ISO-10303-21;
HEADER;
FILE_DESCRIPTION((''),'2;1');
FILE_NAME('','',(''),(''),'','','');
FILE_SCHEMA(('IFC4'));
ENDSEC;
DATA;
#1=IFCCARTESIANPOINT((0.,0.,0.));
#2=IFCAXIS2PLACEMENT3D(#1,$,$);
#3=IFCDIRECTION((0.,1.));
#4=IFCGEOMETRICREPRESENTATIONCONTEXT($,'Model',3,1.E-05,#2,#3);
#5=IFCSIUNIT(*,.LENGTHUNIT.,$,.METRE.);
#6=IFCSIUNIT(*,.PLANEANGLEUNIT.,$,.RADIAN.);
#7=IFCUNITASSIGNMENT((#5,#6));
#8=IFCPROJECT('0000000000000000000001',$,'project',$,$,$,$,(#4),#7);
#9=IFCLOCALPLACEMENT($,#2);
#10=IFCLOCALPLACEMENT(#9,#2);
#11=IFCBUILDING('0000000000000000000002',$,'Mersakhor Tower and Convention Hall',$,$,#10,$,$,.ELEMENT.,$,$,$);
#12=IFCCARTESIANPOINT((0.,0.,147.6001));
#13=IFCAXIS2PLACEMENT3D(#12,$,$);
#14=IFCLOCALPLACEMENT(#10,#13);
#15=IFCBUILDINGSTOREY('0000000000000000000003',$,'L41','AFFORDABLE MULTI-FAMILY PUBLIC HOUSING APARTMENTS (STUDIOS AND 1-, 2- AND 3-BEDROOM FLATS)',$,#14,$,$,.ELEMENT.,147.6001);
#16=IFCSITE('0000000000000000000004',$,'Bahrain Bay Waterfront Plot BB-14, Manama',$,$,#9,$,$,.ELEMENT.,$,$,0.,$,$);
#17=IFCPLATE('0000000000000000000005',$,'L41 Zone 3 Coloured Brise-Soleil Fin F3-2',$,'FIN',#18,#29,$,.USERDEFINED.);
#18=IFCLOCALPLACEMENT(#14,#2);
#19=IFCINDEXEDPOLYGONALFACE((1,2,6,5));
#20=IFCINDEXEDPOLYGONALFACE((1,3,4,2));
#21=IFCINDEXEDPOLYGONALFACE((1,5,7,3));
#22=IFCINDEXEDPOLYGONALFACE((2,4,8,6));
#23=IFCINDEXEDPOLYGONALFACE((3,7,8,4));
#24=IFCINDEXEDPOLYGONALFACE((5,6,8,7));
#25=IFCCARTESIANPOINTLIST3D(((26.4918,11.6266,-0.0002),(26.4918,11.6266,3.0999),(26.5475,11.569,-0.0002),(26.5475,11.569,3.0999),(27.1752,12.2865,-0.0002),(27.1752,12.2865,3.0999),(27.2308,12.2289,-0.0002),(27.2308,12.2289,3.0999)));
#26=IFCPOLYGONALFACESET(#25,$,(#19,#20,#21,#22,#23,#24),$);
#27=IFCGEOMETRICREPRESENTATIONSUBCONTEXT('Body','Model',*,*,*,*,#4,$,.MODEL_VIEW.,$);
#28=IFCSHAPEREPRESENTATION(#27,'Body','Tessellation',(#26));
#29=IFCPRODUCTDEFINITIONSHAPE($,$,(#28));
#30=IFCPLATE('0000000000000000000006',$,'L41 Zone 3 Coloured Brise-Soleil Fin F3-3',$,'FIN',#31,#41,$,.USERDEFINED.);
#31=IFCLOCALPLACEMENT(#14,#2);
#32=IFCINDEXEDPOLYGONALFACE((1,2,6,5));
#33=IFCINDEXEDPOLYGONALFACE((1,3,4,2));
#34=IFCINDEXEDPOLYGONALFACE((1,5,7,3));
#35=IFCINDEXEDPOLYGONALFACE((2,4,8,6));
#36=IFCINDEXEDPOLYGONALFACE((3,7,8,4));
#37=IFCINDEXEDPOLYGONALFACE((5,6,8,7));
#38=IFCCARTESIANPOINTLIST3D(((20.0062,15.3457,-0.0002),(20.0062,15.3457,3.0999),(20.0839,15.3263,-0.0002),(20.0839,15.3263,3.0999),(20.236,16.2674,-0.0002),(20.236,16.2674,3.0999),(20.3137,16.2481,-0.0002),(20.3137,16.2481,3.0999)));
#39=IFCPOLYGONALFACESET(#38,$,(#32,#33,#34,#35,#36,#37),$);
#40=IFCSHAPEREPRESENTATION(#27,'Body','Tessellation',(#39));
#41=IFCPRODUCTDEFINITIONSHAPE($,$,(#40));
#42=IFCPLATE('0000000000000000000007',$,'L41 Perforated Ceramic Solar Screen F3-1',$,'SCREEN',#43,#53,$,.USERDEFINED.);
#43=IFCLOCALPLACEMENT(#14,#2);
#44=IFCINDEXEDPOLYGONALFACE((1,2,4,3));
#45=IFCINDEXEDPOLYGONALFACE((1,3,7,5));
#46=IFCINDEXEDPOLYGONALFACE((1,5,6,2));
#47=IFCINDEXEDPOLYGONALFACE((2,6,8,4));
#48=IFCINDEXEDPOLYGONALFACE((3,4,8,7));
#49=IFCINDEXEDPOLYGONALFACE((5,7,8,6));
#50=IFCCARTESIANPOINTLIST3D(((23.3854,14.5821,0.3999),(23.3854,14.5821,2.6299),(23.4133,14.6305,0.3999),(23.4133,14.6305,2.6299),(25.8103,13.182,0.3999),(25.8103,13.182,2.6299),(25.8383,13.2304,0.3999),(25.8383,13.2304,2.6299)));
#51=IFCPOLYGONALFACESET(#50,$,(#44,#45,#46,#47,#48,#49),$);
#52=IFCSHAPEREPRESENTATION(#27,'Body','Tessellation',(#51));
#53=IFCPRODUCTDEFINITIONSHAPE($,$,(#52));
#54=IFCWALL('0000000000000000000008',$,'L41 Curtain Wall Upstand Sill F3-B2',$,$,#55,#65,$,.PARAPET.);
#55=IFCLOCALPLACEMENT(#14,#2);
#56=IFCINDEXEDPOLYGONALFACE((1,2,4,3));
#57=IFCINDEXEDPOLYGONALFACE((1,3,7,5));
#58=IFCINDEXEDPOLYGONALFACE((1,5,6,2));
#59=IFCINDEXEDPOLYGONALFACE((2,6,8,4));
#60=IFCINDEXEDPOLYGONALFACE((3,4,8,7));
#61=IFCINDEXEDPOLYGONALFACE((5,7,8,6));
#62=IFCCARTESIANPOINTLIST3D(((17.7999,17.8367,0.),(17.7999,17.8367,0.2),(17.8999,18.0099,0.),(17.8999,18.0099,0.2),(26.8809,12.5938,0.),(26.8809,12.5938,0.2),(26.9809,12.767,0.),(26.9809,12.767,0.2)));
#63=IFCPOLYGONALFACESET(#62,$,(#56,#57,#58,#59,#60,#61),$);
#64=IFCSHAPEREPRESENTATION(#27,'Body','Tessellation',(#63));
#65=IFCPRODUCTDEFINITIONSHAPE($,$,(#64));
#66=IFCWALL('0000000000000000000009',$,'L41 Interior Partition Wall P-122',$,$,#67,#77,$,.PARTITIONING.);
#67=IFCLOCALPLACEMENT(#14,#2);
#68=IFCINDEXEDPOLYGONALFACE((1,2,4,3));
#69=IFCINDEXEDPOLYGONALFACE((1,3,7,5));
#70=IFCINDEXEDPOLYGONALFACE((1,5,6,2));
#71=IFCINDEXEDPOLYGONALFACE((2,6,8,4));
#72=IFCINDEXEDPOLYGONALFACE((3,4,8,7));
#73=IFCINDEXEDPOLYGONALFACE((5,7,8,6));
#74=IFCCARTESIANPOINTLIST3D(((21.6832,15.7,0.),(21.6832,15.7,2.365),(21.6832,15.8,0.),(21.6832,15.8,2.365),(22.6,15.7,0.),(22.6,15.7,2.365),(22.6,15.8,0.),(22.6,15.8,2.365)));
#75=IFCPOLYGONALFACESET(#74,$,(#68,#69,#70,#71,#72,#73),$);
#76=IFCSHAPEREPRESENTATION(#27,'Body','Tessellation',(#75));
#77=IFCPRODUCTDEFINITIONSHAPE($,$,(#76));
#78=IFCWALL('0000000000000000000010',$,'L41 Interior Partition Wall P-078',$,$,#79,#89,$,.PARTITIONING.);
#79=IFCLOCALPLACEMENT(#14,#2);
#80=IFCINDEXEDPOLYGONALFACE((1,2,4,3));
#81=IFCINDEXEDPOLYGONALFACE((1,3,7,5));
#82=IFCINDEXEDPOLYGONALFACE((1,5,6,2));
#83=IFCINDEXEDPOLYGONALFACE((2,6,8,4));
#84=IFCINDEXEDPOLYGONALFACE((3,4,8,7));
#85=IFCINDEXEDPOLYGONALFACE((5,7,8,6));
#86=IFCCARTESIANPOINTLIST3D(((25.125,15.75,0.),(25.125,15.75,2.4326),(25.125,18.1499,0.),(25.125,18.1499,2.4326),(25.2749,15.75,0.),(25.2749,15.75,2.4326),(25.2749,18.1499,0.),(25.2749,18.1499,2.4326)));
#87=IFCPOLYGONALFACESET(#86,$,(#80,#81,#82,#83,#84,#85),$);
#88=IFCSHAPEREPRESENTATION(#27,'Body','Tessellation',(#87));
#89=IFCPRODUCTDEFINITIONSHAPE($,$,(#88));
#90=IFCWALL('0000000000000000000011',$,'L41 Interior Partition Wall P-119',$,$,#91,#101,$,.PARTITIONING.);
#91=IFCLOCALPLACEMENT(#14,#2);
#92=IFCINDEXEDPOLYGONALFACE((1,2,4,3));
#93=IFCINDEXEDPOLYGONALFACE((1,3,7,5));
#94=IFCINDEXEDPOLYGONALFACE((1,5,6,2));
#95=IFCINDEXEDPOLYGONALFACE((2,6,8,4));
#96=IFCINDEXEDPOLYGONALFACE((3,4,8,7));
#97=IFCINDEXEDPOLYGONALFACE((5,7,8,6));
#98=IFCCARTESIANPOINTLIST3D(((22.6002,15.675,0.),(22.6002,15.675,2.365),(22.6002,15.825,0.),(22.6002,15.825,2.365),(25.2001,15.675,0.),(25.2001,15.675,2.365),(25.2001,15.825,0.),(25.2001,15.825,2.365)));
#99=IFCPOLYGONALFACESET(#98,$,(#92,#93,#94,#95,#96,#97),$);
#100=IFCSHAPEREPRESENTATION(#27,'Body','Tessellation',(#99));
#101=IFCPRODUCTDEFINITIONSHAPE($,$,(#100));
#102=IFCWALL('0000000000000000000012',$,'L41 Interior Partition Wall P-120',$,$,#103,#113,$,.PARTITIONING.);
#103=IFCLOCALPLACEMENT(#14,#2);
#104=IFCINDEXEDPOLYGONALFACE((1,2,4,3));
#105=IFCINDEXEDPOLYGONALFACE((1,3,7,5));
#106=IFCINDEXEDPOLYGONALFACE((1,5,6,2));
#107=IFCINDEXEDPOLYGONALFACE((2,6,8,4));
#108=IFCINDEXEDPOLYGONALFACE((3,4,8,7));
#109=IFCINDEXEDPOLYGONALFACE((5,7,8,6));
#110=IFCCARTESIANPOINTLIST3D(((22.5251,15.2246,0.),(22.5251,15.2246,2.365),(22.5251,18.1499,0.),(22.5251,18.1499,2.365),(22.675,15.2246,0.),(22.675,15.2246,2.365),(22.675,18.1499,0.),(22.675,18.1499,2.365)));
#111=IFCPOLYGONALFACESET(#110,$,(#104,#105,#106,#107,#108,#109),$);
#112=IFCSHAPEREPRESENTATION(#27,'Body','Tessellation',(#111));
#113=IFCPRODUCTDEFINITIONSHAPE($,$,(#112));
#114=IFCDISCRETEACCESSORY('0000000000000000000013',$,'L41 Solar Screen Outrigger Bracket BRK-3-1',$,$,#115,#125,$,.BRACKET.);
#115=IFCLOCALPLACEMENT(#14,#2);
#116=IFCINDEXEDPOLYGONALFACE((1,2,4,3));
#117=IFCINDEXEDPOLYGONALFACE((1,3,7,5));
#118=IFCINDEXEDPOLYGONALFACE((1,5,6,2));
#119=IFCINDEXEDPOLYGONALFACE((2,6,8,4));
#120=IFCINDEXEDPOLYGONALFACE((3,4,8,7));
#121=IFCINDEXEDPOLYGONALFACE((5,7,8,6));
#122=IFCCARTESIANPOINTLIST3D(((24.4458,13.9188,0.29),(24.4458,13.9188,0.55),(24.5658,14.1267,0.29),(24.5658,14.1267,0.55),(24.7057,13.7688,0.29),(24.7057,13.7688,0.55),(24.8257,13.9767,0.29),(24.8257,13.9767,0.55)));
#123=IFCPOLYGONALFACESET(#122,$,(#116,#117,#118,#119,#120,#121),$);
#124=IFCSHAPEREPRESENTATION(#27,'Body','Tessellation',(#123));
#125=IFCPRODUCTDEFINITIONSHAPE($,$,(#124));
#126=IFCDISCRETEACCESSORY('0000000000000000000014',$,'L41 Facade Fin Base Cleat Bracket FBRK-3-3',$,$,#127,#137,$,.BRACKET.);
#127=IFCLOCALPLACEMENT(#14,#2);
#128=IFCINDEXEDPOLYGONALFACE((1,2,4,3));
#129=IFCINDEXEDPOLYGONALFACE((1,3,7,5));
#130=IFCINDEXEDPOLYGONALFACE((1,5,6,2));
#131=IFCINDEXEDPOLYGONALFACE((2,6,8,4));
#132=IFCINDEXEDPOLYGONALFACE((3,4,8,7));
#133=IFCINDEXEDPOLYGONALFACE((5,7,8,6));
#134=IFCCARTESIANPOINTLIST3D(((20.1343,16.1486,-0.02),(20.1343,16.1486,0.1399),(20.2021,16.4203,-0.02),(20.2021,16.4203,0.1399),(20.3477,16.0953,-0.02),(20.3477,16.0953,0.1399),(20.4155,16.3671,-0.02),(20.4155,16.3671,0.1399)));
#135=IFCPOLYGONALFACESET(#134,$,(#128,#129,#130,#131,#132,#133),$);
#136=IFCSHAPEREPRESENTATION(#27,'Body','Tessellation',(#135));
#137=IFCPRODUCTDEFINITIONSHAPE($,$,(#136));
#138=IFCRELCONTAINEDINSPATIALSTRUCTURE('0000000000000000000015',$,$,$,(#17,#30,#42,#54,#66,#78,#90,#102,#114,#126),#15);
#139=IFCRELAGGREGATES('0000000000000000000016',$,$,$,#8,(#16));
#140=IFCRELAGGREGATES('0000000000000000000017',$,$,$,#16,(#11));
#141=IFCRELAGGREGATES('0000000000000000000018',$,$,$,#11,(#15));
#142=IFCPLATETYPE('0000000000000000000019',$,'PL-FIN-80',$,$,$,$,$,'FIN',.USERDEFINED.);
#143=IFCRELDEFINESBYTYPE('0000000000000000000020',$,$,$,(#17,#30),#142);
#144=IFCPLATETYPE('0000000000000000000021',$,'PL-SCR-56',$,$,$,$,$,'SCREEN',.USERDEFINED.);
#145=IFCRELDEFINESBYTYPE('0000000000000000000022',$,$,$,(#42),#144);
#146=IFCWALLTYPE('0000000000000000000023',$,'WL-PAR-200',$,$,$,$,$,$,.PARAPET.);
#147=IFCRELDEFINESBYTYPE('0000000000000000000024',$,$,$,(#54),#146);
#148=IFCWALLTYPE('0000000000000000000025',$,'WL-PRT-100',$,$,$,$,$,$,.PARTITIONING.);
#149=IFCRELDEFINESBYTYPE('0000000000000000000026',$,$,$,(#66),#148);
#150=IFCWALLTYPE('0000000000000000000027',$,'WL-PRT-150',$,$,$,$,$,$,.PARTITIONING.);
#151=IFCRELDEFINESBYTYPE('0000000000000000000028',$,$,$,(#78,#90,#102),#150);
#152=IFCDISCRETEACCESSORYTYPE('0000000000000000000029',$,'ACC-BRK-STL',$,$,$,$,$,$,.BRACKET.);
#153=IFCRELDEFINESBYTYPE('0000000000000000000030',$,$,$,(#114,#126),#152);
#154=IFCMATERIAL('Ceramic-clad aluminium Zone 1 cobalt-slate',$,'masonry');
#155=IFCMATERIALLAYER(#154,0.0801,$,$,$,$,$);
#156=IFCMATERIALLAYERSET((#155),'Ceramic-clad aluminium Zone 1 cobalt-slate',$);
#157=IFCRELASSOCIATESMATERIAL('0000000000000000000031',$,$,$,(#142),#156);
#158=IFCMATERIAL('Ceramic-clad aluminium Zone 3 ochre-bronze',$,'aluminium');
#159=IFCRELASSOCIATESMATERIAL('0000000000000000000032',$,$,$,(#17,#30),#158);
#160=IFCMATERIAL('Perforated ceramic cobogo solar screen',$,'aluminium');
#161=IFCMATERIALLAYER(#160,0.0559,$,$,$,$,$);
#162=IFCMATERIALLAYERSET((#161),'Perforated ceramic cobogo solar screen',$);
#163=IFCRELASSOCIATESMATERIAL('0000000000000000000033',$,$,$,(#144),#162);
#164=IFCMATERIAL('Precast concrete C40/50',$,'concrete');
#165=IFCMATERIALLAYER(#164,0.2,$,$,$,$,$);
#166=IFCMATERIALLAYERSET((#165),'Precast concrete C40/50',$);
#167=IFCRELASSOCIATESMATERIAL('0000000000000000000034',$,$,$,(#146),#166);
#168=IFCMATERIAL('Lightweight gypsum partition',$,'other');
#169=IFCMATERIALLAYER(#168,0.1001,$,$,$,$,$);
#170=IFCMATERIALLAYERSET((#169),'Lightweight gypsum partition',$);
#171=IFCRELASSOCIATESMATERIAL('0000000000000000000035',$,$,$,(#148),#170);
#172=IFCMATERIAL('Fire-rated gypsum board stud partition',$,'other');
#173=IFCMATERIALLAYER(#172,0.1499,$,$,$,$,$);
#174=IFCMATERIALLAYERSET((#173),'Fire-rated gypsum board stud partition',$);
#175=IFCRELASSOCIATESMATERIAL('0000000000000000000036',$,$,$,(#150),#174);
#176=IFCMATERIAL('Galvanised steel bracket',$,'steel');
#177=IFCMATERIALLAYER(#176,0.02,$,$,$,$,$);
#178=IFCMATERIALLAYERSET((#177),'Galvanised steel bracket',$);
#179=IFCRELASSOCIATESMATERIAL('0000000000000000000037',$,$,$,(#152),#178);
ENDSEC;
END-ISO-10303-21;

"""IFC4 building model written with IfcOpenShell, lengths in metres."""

from ifc_helpers import new_model, si_unit, direction, frame, frame_2d, origin, origin_2d, place, context, subcontext, project, spatial, rectangle, extrude, material, layer, layer_set, type_object, element, save


model = new_model("IFC4")

# Units and contexts
model_context = context("Model", 3, precision=1e-05, world=origin(), true_north=direction((0.0, 1.0)))
body_context = subcontext(model_context, "Body", "Model", "MODEL_VIEW")
ifc_project = project(units=[si_unit("LENGTHUNIT", "METRE"), si_unit("PLANEANGLEUNIT", "RADIAN")], contexts=[model_context])

# Site, building, storey
site_placement = place(None, origin())
site = spatial("IfcSite", under=ifc_project, at=site_placement, Name="Bahrain Bay Waterfront Plot BB-14, Manama", CompositionType="ELEMENT", RefElevation=0.0)
building_placement = place(site_placement, origin())
building = spatial("IfcBuilding", under=site, at=building_placement, Name="Mersakhor Tower and Convention Hall", CompositionType="ELEMENT")
storey_placement = place(building_placement, frame((0.0, 0.0, 147.6001)))
storey = spatial("IfcBuildingStorey", under=building, at=storey_placement, Name="L41", Description="AFFORDABLE MULTI-FAMILY PUBLIC HOUSING APARTMENTS (STUDIOS AND 1-, 2- AND 3-BEDROOM FLATS)", CompositionType="ELEMENT", Elevation=147.6001)

# Plates
ifc_material_1 = material(Name="Ceramic-clad aluminium Zone 3 ochre-bronze", Category="aluminium")
ifc_material_2 = material(Name="Ceramic-clad aluminium Zone 1 cobalt-slate", Category="masonry")
ifc_layer_1 = layer(ifc_material_2, 0.0801)
ifc_layer_set_1 = layer_set([ifc_layer_1], Name="Ceramic-clad aluminium Zone 1 cobalt-slate")
plate_type_1 = type_object("IfcPlateType", Name="PL-FIN-80", ElementType="FIN", PredefinedType="USERDEFINED", material=ifc_layer_set_1)
for number, where, z_axis, x_axis, name in (
    (1, (26.8613, 11.9277, -0.0002), (0.0, 0.0, 1.0), (-0.71934, -0.694658, 0.0), "L41 Zone 3 Coloured Brise-Soleil Fin F3-2"),
    (2, (20.1599, 15.7969, -0.0002), (0.0, 0.0, 1.0), (-0.241922, -0.970296, 0.0), "L41 Zone 3 Coloured Brise-Soleil Fin F3-3"),
):
    element("IfcPlate", number, at=place(storey_placement, frame(where, z_axis=z_axis, x_axis=x_axis)), inside=storey, type_object=plate_type_1, material=ifc_material_1, Name=name, ObjectType="FIN", PredefinedType="USERDEFINED", context=body_context, shape_type="SweptSolid", body=[
        extrude(rectangle(XDim=0.95, YDim=0.0801, at=origin_2d()), origin(), (0.0, 0.0, 1.0), 3.1001),
    ])
ifc_material_3 = material(Name="Perforated ceramic cobogo solar screen", Category="aluminium")
ifc_layer_2 = layer(ifc_material_3, 0.0559)
ifc_layer_set_2 = layer_set([ifc_layer_2], Name="Perforated ceramic cobogo solar screen")
plate_type_2 = type_object("IfcPlateType", Name="PL-SCR-56", ElementType="SCREEN", PredefinedType="USERDEFINED", material=ifc_layer_set_2)
plate_1_placement = place(storey_placement, frame((24.6118, 13.9062, 0.3999), z_axis=(0.0, 0.0, 1.0), x_axis=(-0.866025, 0.5, 0.0)))
element("IfcPlate", 3, at=plate_1_placement, inside=storey, type_object=plate_type_2, Name="L41 Perforated Ceramic Solar Screen F3-1", ObjectType="SCREEN", PredefinedType="USERDEFINED", context=body_context, shape_type="SweptSolid", body=[
    extrude(rectangle(XDim=2.8, YDim=0.0559, at=origin_2d()), origin(), (0.0, 0.0, 1.0), 2.23),
])

# Walls
ifc_material_4 = material(Name="Precast concrete C40/50", Category="concrete")
ifc_layer_3 = layer(ifc_material_4, 0.2)
ifc_layer_set_3 = layer_set([ifc_layer_3], Name="Precast concrete C40/50")
wall_type_1 = type_object("IfcWallType", Name="WL-PAR-200", PredefinedType="PARAPET", material=ifc_layer_set_3)
wall_1_placement = place(storey_placement, frame((26.9309, 12.6804, 0.0), z_axis=(0.0, 0.0, 1.0), x_axis=(-0.866027, 0.499998, 0.0)))
element("IfcWall", 4, at=wall_1_placement, inside=storey, type_object=wall_type_1, Name="L41 Curtain Wall Upstand Sill F3-B2", PredefinedType="PARAPET", context=body_context, shape_type="SweptSolid", body=[
    extrude(rectangle(XDim=10.4858, YDim=0.2, at=frame_2d((5.2429, 0.0))), origin(), (0.0, 0.0, 1.0), 0.2),
])
ifc_material_5 = material(Name="Lightweight gypsum partition", Category="other")
ifc_layer_4 = layer(ifc_material_5, 0.1001)
ifc_layer_set_4 = layer_set([ifc_layer_4], Name="Lightweight gypsum partition")
wall_type_2 = type_object("IfcWallType", Name="WL-PRT-100", PredefinedType="PARTITIONING", material=ifc_layer_set_4)
wall_2_placement = place(storey_placement, frame((22.6001, 15.75, 0.0), z_axis=(0.0, 0.0, 1.0), x_axis=(-1.0, 0.0, 0.0)))
element("IfcWall", 5, at=wall_2_placement, inside=storey, type_object=wall_type_2, Name="L41 Interior Partition Wall P-122", PredefinedType="PARTITIONING", context=body_context, shape_type="SweptSolid", body=[
    extrude(rectangle(XDim=0.9167, YDim=0.1001, at=frame_2d((0.4585, 0.0))), origin(), (0.0, 0.0, 1.0), 2.365),
])
ifc_material_6 = material(Name="Fire-rated gypsum board stud partition", Category="other")
ifc_layer_5 = layer(ifc_material_6, 0.1499)
ifc_layer_set_5 = layer_set([ifc_layer_5], Name="Fire-rated gypsum board stud partition")
wall_type_3 = type_object("IfcWallType", Name="WL-PRT-150", PredefinedType="PARTITIONING", material=ifc_layer_set_5)
wall_3_placement = place(storey_placement, frame((25.2, 15.75, 0.0), z_axis=(0.0, 0.0, 1.0), x_axis=(0.0, 1.0, 0.0)))
element("IfcWall", 6, at=wall_3_placement, inside=storey, type_object=wall_type_3, Name="L41 Interior Partition Wall P-078", PredefinedType="PARTITIONING", context=body_context, shape_type="SweptSolid", body=[
    extrude(rectangle(XDim=2.3999, YDim=0.1499, at=frame_2d((1.2, 0.0))), origin(), (0.0, 0.0, 1.0), 2.4326),
])
wall_4_placement = place(storey_placement, frame((25.2, 15.75, 0.0), z_axis=(0.0, 0.0, 1.0), x_axis=(-1.0, 0.0, 0.0)))
element("IfcWall", 7, at=wall_4_placement, inside=storey, type_object=wall_type_3, Name="L41 Interior Partition Wall P-119", PredefinedType="PARTITIONING", context=body_context, shape_type="SweptSolid", body=[
    extrude(rectangle(XDim=2.5999, YDim=0.1499, at=frame_2d((1.2998, 0.0))), origin(), (0.0, 0.0, 1.0), 2.365),
])
wall_5_placement = place(storey_placement, frame((22.6001, 15.2246, 0.0), z_axis=(0.0, 0.0, 1.0), x_axis=(0.0, 1.0, 0.0)))
element("IfcWall", 8, at=wall_5_placement, inside=storey, type_object=wall_type_3, Name="L41 Interior Partition Wall P-120", PredefinedType="PARTITIONING", context=body_context, shape_type="SweptSolid", body=[
    extrude(rectangle(XDim=2.9253, YDim=0.1499, at=frame_2d((1.4626, 0.0))), origin(), (0.0, 0.0, 1.0), 2.365),
])

# Discrete accessories
ifc_material_7 = material(Name="Galvanised steel bracket", Category="steel")
ifc_layer_6 = layer(ifc_material_7, 0.02)
ifc_layer_set_6 = layer_set([ifc_layer_6], Name="Galvanised steel bracket")
discrete_accessory_type = type_object("IfcDiscreteAccessoryType", Name="ACC-BRK-STL", PredefinedType="BRACKET", material=ifc_layer_set_6)
discrete_accessory_1_placement = place(storey_placement, frame((24.6357, 13.9478, 0.29), z_axis=(0.0, 0.0, 1.0), x_axis=(-0.866025, 0.5, 0.0)))
element("IfcDiscreteAccessory", 9, at=discrete_accessory_1_placement, inside=storey, type_object=discrete_accessory_type, Name="L41 Solar Screen Outrigger Bracket BRK-3-1", PredefinedType="BRACKET", context=body_context, shape_type="SweptSolid", body=[
    extrude(rectangle(XDim=0.3, YDim=0.24, at=origin_2d()), origin(), (0.0, 0.0, 1.0), 0.26),
])
discrete_accessory_2_placement = place(storey_placement, frame((20.2749, 16.2578, -0.02), z_axis=(0.0, 0.0, 1.0), x_axis=(-0.241922, -0.970296, 0.0)))
element("IfcDiscreteAccessory", 10, at=discrete_accessory_2_placement, inside=storey, type_object=discrete_accessory_type, Name="L41 Facade Fin Base Cleat Bracket FBRK-3-3", PredefinedType="BRACKET", context=body_context, shape_type="SweptSolid", body=[
    extrude(rectangle(XDim=0.28, YDim=0.22, at=origin_2d()), origin(), (0.0, 0.0, 1.0), 0.1599),
])

save(model, "model.ifc")
